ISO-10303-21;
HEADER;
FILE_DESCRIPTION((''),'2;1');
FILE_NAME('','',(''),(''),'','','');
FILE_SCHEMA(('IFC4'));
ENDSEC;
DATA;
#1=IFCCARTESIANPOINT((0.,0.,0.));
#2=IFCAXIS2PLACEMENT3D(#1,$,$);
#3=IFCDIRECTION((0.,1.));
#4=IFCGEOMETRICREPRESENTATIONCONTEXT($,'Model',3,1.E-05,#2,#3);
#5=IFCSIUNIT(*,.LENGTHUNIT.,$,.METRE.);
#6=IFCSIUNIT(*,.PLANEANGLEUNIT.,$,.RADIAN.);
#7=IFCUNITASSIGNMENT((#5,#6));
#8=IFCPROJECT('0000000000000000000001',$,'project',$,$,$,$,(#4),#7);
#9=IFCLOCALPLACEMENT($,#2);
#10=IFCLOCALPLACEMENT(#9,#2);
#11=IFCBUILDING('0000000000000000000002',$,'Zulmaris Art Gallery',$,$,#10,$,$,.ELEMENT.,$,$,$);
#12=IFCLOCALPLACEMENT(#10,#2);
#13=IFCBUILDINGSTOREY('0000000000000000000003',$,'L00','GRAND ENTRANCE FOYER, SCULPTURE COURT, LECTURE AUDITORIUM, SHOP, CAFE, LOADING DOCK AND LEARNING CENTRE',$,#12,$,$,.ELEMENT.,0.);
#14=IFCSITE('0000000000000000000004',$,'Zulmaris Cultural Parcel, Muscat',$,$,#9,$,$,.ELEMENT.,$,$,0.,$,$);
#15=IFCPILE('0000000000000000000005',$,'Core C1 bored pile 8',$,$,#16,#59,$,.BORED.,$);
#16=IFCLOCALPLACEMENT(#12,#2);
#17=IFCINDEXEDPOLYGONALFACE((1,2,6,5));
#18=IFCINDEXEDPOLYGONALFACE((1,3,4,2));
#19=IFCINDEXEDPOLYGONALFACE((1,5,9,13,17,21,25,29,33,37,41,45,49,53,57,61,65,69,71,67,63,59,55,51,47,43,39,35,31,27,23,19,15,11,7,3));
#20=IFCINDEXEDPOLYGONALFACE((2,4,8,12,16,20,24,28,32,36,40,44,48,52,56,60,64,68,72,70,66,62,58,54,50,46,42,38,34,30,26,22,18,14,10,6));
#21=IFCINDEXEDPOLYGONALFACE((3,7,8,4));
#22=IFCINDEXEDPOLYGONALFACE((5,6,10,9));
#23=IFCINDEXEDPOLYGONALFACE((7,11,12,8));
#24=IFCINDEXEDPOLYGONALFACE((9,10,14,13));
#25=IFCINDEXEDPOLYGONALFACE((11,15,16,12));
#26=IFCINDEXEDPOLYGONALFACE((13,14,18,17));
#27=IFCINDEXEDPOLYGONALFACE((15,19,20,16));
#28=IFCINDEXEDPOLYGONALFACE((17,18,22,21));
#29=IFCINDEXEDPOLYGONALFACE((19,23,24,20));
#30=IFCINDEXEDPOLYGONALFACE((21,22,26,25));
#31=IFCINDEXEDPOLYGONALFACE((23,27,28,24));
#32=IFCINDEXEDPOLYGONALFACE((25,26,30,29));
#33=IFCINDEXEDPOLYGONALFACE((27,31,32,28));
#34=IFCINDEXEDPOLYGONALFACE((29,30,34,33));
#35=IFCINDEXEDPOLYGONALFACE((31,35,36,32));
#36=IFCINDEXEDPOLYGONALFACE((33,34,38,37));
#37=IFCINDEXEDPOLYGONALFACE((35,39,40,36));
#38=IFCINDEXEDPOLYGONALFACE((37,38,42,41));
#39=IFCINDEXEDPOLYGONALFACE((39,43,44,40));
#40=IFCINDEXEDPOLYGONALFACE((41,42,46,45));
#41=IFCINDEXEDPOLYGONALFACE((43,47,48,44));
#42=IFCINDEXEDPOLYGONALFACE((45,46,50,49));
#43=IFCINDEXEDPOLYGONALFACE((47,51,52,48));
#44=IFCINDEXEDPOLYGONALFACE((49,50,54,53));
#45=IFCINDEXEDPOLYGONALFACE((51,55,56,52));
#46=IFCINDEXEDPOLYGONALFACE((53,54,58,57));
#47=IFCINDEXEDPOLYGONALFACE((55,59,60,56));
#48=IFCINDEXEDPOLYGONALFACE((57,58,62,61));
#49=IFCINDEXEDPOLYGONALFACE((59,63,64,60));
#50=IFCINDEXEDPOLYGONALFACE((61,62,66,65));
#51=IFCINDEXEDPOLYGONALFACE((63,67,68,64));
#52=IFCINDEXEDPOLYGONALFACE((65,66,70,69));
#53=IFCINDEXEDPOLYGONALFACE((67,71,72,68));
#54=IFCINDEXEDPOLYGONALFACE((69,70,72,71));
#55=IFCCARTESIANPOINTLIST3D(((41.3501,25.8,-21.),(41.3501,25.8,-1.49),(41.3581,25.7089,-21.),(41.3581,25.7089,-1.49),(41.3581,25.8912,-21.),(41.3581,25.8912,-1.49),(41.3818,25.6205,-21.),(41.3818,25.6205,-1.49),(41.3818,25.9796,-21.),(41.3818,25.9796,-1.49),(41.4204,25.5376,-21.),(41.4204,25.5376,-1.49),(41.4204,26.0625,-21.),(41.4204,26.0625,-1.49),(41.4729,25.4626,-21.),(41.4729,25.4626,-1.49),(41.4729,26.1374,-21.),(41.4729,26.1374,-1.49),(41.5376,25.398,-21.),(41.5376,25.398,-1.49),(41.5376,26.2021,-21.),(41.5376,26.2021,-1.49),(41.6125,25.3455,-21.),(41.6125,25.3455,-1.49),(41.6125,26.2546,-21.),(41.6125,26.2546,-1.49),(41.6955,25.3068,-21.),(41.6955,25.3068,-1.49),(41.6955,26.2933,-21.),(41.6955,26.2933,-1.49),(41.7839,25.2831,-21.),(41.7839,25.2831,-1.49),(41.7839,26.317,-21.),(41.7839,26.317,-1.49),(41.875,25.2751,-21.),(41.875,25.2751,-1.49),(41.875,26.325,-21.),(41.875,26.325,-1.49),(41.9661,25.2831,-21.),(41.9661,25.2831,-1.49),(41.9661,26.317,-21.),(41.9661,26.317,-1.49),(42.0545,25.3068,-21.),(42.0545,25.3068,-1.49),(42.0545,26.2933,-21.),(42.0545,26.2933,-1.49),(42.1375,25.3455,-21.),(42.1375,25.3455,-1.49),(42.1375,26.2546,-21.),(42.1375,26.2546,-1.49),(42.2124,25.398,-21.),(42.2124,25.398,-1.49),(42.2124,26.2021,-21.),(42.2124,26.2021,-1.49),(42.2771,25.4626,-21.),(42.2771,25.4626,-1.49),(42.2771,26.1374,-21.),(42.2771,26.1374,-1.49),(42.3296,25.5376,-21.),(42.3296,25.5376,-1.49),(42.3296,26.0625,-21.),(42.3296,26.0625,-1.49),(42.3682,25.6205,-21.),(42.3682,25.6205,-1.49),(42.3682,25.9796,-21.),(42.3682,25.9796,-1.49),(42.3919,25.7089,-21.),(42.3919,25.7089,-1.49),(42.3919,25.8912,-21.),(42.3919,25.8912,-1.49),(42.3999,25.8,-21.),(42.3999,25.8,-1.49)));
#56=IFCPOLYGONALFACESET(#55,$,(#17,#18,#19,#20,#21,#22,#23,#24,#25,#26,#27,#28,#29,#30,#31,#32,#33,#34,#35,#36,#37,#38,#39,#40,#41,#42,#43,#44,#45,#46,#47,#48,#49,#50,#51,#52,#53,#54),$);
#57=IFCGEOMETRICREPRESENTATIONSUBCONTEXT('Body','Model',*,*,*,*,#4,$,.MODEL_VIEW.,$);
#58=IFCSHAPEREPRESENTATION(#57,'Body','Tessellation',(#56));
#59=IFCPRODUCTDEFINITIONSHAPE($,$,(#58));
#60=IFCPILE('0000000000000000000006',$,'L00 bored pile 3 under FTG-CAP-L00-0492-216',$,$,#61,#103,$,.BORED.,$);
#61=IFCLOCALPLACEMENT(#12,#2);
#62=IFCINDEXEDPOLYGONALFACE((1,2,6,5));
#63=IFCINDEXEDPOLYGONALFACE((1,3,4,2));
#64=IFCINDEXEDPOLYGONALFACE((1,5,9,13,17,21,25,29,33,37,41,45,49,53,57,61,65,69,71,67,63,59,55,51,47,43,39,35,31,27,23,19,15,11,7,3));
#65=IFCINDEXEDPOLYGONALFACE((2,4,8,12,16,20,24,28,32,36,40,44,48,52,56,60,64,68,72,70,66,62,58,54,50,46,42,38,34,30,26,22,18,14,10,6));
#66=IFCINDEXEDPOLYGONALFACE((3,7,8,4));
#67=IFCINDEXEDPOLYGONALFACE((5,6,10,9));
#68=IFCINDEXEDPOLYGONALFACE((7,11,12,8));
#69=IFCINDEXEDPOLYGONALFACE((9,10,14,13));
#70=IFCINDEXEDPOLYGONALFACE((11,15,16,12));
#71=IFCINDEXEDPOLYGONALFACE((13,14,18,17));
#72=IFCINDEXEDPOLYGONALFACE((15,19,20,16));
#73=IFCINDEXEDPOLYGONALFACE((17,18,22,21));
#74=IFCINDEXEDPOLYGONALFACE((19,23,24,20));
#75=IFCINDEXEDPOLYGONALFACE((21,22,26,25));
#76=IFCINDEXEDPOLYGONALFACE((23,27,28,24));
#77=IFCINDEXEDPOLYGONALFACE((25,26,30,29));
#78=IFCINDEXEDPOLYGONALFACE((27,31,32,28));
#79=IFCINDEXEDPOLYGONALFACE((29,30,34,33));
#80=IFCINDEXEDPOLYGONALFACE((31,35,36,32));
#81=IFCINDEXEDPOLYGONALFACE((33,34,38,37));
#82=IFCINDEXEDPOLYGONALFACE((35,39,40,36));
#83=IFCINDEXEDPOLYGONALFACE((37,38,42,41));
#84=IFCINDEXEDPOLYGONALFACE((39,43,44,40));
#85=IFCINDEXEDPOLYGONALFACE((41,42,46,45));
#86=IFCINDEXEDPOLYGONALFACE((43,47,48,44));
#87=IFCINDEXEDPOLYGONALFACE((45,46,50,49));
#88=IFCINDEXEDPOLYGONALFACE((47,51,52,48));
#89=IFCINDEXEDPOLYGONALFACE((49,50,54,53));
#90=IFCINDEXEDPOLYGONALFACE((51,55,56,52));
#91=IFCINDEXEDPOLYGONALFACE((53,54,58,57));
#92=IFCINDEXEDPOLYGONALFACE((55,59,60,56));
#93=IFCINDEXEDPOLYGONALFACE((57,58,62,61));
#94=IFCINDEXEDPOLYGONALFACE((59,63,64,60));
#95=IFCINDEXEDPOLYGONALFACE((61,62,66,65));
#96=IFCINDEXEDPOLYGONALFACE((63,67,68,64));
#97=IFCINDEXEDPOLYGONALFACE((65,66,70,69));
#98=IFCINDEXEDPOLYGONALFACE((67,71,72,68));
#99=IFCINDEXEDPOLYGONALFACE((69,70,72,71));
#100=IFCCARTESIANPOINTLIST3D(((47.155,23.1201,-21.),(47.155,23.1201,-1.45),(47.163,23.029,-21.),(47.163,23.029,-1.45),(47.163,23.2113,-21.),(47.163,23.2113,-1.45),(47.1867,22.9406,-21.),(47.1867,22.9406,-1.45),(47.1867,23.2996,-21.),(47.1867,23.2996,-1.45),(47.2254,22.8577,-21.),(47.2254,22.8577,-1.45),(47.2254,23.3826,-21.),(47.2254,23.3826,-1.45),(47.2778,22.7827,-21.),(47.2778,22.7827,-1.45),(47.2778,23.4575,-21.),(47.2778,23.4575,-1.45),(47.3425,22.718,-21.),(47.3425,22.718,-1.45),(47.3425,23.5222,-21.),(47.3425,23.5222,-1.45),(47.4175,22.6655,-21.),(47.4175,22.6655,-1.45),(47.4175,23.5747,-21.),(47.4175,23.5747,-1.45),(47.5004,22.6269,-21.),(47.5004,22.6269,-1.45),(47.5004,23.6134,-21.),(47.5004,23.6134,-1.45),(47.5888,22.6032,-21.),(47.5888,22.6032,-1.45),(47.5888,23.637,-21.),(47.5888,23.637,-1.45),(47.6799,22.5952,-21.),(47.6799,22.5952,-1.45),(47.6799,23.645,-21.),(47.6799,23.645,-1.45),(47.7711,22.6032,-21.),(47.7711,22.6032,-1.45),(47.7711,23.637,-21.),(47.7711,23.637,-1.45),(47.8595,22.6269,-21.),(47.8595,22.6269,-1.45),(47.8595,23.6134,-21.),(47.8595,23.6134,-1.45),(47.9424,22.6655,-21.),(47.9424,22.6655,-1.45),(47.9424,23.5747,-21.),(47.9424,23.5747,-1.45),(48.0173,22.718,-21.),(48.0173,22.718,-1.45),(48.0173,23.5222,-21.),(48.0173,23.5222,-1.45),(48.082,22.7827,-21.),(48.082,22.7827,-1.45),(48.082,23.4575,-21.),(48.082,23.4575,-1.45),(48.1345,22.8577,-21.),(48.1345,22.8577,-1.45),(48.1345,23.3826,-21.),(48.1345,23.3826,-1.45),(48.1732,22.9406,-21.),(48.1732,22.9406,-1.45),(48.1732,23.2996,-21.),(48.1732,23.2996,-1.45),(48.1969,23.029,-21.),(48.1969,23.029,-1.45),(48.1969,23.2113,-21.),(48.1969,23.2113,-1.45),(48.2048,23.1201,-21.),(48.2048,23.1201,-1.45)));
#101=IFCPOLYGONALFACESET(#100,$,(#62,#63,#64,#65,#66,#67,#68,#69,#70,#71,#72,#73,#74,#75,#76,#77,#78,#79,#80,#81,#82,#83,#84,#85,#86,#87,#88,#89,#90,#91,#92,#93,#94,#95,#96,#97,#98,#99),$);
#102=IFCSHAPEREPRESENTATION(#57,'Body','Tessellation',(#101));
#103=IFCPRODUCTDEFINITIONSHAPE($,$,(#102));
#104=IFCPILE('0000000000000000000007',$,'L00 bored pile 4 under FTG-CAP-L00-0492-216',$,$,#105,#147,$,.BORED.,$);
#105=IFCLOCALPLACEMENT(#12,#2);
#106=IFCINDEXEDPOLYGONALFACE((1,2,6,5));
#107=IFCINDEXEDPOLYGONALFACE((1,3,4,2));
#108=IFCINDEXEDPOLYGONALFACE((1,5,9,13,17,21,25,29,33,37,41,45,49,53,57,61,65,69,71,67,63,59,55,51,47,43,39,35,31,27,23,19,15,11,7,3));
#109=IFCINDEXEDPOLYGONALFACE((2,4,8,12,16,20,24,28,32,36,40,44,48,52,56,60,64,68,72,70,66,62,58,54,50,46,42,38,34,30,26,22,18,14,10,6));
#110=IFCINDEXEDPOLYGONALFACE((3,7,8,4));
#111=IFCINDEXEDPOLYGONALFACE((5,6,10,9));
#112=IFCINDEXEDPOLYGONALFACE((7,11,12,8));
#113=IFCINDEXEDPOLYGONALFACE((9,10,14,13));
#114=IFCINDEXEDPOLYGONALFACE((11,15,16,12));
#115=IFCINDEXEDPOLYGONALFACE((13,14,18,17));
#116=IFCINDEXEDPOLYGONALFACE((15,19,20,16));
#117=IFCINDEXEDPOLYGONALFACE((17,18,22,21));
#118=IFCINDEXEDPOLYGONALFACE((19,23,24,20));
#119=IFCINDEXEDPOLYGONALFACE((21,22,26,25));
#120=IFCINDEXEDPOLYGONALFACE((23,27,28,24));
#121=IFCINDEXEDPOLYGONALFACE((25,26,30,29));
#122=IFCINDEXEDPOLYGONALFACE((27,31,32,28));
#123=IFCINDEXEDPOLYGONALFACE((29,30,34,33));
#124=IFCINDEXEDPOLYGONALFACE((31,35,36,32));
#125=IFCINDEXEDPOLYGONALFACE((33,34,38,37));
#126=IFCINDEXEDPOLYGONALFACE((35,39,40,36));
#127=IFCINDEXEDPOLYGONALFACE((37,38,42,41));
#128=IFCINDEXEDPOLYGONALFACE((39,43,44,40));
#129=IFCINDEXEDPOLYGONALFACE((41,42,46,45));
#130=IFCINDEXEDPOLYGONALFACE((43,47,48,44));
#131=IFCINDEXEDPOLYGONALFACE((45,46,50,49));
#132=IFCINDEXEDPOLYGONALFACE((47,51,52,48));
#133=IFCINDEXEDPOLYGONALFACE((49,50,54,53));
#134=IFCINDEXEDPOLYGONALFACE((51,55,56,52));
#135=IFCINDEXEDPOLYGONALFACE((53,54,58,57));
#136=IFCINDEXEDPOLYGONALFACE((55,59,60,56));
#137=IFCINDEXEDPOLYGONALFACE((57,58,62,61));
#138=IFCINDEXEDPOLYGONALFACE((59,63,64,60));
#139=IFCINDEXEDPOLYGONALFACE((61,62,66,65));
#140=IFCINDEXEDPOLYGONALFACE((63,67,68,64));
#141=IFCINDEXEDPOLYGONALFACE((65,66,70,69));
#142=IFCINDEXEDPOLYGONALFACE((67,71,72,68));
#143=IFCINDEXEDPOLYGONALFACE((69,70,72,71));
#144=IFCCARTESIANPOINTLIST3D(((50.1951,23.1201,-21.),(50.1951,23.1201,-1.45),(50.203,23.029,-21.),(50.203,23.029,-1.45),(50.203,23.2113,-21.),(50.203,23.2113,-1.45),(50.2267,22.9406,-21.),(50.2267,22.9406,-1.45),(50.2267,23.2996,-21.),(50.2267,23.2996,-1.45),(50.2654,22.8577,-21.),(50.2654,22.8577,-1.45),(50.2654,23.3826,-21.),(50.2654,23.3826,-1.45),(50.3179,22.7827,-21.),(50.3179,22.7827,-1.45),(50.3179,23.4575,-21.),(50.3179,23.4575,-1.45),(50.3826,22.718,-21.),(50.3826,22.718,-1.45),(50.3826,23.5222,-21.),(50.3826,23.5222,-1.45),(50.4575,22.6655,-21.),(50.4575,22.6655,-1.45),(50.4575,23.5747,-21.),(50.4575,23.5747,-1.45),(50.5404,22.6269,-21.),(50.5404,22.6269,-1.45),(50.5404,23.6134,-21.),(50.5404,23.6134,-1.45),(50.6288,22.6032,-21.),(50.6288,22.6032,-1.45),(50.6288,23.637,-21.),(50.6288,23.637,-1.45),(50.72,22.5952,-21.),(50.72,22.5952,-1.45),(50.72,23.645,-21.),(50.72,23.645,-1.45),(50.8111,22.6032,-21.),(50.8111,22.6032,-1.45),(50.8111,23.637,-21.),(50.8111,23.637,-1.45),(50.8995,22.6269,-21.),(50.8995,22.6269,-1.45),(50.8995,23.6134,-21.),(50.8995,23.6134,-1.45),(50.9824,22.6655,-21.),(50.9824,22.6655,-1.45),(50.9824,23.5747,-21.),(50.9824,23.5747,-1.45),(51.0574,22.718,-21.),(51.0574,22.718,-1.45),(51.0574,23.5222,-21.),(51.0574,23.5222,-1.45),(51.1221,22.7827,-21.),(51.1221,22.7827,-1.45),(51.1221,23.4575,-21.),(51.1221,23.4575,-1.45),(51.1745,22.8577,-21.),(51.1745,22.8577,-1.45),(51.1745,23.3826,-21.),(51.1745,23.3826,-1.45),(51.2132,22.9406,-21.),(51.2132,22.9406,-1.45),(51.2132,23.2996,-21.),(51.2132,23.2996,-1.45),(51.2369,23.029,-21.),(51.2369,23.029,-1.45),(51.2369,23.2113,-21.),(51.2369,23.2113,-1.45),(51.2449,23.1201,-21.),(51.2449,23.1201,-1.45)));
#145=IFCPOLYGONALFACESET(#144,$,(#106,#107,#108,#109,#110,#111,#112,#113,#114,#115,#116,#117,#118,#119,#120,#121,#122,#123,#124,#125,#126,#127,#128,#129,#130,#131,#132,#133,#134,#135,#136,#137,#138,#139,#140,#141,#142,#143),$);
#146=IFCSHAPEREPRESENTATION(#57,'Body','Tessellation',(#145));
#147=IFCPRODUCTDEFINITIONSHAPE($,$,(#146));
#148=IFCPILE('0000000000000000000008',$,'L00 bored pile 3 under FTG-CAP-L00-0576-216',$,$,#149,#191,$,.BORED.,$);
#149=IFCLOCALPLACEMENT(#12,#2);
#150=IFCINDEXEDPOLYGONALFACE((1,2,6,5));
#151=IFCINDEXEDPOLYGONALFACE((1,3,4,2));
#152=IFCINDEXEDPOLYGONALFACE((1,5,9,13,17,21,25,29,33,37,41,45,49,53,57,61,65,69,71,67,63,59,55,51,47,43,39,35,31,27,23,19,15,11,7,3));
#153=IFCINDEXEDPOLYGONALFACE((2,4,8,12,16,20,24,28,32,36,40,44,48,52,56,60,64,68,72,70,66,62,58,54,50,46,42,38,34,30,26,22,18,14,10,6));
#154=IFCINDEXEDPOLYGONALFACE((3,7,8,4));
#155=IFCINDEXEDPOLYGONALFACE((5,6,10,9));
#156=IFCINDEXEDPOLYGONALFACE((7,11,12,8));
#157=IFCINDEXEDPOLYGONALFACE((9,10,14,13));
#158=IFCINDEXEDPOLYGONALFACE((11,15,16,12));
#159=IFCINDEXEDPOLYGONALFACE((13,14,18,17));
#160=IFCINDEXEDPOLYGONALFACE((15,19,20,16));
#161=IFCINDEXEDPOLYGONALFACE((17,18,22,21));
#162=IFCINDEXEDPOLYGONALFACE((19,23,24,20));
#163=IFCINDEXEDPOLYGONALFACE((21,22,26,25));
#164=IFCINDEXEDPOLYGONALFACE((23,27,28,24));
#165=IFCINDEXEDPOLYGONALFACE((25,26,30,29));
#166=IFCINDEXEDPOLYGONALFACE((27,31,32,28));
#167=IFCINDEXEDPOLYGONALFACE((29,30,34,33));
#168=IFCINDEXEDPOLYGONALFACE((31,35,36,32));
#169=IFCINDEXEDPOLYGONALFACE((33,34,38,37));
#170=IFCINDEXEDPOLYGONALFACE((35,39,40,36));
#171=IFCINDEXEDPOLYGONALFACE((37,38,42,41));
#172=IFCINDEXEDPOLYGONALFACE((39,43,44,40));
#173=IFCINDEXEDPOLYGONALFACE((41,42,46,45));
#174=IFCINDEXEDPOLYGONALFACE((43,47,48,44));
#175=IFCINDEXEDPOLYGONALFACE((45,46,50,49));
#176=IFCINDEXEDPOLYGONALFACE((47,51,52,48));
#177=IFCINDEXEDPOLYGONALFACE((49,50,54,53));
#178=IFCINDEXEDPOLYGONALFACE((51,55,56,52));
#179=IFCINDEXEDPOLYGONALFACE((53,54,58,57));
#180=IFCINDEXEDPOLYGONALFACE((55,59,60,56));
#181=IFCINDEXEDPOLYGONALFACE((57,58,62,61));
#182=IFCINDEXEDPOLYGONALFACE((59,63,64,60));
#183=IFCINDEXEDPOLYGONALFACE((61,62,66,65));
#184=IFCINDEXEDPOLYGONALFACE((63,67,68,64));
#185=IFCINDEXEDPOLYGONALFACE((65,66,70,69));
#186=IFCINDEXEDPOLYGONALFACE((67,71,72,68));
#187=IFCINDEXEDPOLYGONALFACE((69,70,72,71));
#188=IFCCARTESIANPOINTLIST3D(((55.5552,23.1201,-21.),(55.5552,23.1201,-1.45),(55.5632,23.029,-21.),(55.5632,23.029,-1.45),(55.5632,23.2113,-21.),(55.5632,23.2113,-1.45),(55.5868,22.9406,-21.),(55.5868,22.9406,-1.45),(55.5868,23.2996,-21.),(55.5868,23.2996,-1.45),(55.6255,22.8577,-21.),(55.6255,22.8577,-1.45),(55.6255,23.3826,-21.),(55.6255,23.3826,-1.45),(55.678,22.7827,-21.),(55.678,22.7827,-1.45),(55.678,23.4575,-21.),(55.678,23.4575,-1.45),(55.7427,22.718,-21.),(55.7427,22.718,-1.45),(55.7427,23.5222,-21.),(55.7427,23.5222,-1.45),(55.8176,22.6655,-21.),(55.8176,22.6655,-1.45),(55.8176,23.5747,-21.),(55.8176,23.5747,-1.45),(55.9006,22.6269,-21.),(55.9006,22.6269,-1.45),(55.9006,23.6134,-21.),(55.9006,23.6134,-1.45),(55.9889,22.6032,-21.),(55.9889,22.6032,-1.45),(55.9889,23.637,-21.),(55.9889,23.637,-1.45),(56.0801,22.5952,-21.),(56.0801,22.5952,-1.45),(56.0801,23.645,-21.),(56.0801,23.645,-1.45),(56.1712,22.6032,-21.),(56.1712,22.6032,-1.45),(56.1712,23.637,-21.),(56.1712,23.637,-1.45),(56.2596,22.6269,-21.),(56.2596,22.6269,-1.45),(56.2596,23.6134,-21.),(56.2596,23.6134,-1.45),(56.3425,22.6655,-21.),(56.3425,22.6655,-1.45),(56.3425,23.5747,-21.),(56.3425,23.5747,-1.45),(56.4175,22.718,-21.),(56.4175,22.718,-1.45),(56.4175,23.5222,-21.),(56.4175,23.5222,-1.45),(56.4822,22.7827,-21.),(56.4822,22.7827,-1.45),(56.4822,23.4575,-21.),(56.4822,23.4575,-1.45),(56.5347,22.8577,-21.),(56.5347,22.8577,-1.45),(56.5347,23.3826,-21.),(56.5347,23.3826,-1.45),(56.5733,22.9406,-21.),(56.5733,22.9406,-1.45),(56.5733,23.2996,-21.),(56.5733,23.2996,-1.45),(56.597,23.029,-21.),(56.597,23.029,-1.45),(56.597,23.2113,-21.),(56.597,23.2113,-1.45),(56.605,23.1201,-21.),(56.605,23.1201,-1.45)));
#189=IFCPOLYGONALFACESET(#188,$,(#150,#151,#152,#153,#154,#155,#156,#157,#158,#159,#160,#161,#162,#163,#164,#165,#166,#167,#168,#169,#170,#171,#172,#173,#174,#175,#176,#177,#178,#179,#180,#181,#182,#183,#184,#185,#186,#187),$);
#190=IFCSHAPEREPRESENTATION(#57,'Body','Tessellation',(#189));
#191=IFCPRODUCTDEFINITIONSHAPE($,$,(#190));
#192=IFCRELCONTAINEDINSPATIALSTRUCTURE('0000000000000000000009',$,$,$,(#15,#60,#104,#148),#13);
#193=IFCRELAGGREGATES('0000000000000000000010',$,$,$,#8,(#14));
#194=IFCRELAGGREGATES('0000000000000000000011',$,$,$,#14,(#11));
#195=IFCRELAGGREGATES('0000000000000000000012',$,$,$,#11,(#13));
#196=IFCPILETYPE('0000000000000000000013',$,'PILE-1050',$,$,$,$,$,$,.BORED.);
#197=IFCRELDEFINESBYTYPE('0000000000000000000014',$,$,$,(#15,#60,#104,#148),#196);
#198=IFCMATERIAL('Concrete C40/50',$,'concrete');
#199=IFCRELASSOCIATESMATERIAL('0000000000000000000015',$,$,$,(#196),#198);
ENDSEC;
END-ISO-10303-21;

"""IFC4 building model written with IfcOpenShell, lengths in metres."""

from ifc_helpers import new_model, si_unit, direction, frame, origin, origin_2d, place, context, subcontext, project, spatial, circle, extrude, material, material_profile, profile_set, type_object, element, save


model = new_model("IFC4")

# Units and contexts
model_context = context("Model", 3, precision=1e-05, world=origin(), true_north=direction((0.0, 1.0)))
body_context = subcontext(model_context, "Body", "Model", "MODEL_VIEW")
ifc_project = project(units=[si_unit("LENGTHUNIT", "METRE"), si_unit("PLANEANGLEUNIT", "RADIAN")], contexts=[model_context])

# Site, building, storey
site_placement = place(None, origin())
site = spatial("IfcSite", under=ifc_project, at=site_placement, Name="Zulmaris Cultural Parcel, Muscat", CompositionType="ELEMENT", RefElevation=0.0)
building_placement = place(site_placement, origin())
building = spatial("IfcBuilding", under=site, at=building_placement, Name="Zulmaris Art Gallery", CompositionType="ELEMENT")
storey_placement = place(building_placement, origin())
storey = spatial("IfcBuildingStorey", under=building, at=storey_placement, Name="L00", Description="GRAND ENTRANCE FOYER, SCULPTURE COURT, LECTURE AUDITORIUM, SHOP, CAFE, LOADING DOCK AND LEARNING CENTRE", CompositionType="ELEMENT", Elevation=0.0)

# Piles
ifc_material_1 = material(Name="Concrete C40/50", Category="concrete")
ifc_material_profile_1 = material_profile(ifc_material_1, circle(Radius=0.5249, at=origin_2d()), Name="PILE DIA 1050")
ifc_profile_set_1 = profile_set([ifc_material_profile_1], Name="Concrete C40/50")
pile_type = type_object("IfcPileType", Name="PILE-1050", PredefinedType="BORED", material=ifc_profile_set_1)
pile_placement = place(storey_placement, frame((41.875, 25.8, -1.49), z_axis=(0.0, 0.0, -1.0), x_axis=(1.0, 0.0, 0.0)))
element("IfcPile", 1, at=pile_placement, inside=storey, type_object=pile_type, Name="Core C1 bored pile 8", PredefinedType="BORED", context=body_context, shape_type="SweptSolid", body=[
    extrude(circle(Radius=0.5249, at=origin_2d()), origin(), (0.0, 0.0, 1.0), 19.51),
])
for number, where, z_axis, x_axis, name in (
    (2, (47.6799, 23.1201, -1.45), (0.0, 0.0, -1.0), (1.0, 0.0, 0.0), "L00 bored pile 3 under FTG-CAP-L00-0492-216"),
    (3, (50.72, 23.1201, -1.45), (0.0, 0.0, -1.0), (1.0, 0.0, 0.0), "L00 bored pile 4 under FTG-CAP-L00-0492-216"),
    (4, (56.0801, 23.1201, -1.45), (0.0, 0.0, -1.0), (1.0, 0.0, 0.0), "L00 bored pile 3 under FTG-CAP-L00-0576-216"),
):
    element("IfcPile", number, at=place(storey_placement, frame(where, z_axis=z_axis, x_axis=x_axis)), inside=storey, type_object=pile_type, Name=name, PredefinedType="BORED", context=body_context, shape_type="SweptSolid", body=[
        extrude(circle(Radius=0.5249, at=origin_2d()), origin(), (0.0, 0.0, 1.0), 19.55),
    ])

save(model, "model.ifc")
